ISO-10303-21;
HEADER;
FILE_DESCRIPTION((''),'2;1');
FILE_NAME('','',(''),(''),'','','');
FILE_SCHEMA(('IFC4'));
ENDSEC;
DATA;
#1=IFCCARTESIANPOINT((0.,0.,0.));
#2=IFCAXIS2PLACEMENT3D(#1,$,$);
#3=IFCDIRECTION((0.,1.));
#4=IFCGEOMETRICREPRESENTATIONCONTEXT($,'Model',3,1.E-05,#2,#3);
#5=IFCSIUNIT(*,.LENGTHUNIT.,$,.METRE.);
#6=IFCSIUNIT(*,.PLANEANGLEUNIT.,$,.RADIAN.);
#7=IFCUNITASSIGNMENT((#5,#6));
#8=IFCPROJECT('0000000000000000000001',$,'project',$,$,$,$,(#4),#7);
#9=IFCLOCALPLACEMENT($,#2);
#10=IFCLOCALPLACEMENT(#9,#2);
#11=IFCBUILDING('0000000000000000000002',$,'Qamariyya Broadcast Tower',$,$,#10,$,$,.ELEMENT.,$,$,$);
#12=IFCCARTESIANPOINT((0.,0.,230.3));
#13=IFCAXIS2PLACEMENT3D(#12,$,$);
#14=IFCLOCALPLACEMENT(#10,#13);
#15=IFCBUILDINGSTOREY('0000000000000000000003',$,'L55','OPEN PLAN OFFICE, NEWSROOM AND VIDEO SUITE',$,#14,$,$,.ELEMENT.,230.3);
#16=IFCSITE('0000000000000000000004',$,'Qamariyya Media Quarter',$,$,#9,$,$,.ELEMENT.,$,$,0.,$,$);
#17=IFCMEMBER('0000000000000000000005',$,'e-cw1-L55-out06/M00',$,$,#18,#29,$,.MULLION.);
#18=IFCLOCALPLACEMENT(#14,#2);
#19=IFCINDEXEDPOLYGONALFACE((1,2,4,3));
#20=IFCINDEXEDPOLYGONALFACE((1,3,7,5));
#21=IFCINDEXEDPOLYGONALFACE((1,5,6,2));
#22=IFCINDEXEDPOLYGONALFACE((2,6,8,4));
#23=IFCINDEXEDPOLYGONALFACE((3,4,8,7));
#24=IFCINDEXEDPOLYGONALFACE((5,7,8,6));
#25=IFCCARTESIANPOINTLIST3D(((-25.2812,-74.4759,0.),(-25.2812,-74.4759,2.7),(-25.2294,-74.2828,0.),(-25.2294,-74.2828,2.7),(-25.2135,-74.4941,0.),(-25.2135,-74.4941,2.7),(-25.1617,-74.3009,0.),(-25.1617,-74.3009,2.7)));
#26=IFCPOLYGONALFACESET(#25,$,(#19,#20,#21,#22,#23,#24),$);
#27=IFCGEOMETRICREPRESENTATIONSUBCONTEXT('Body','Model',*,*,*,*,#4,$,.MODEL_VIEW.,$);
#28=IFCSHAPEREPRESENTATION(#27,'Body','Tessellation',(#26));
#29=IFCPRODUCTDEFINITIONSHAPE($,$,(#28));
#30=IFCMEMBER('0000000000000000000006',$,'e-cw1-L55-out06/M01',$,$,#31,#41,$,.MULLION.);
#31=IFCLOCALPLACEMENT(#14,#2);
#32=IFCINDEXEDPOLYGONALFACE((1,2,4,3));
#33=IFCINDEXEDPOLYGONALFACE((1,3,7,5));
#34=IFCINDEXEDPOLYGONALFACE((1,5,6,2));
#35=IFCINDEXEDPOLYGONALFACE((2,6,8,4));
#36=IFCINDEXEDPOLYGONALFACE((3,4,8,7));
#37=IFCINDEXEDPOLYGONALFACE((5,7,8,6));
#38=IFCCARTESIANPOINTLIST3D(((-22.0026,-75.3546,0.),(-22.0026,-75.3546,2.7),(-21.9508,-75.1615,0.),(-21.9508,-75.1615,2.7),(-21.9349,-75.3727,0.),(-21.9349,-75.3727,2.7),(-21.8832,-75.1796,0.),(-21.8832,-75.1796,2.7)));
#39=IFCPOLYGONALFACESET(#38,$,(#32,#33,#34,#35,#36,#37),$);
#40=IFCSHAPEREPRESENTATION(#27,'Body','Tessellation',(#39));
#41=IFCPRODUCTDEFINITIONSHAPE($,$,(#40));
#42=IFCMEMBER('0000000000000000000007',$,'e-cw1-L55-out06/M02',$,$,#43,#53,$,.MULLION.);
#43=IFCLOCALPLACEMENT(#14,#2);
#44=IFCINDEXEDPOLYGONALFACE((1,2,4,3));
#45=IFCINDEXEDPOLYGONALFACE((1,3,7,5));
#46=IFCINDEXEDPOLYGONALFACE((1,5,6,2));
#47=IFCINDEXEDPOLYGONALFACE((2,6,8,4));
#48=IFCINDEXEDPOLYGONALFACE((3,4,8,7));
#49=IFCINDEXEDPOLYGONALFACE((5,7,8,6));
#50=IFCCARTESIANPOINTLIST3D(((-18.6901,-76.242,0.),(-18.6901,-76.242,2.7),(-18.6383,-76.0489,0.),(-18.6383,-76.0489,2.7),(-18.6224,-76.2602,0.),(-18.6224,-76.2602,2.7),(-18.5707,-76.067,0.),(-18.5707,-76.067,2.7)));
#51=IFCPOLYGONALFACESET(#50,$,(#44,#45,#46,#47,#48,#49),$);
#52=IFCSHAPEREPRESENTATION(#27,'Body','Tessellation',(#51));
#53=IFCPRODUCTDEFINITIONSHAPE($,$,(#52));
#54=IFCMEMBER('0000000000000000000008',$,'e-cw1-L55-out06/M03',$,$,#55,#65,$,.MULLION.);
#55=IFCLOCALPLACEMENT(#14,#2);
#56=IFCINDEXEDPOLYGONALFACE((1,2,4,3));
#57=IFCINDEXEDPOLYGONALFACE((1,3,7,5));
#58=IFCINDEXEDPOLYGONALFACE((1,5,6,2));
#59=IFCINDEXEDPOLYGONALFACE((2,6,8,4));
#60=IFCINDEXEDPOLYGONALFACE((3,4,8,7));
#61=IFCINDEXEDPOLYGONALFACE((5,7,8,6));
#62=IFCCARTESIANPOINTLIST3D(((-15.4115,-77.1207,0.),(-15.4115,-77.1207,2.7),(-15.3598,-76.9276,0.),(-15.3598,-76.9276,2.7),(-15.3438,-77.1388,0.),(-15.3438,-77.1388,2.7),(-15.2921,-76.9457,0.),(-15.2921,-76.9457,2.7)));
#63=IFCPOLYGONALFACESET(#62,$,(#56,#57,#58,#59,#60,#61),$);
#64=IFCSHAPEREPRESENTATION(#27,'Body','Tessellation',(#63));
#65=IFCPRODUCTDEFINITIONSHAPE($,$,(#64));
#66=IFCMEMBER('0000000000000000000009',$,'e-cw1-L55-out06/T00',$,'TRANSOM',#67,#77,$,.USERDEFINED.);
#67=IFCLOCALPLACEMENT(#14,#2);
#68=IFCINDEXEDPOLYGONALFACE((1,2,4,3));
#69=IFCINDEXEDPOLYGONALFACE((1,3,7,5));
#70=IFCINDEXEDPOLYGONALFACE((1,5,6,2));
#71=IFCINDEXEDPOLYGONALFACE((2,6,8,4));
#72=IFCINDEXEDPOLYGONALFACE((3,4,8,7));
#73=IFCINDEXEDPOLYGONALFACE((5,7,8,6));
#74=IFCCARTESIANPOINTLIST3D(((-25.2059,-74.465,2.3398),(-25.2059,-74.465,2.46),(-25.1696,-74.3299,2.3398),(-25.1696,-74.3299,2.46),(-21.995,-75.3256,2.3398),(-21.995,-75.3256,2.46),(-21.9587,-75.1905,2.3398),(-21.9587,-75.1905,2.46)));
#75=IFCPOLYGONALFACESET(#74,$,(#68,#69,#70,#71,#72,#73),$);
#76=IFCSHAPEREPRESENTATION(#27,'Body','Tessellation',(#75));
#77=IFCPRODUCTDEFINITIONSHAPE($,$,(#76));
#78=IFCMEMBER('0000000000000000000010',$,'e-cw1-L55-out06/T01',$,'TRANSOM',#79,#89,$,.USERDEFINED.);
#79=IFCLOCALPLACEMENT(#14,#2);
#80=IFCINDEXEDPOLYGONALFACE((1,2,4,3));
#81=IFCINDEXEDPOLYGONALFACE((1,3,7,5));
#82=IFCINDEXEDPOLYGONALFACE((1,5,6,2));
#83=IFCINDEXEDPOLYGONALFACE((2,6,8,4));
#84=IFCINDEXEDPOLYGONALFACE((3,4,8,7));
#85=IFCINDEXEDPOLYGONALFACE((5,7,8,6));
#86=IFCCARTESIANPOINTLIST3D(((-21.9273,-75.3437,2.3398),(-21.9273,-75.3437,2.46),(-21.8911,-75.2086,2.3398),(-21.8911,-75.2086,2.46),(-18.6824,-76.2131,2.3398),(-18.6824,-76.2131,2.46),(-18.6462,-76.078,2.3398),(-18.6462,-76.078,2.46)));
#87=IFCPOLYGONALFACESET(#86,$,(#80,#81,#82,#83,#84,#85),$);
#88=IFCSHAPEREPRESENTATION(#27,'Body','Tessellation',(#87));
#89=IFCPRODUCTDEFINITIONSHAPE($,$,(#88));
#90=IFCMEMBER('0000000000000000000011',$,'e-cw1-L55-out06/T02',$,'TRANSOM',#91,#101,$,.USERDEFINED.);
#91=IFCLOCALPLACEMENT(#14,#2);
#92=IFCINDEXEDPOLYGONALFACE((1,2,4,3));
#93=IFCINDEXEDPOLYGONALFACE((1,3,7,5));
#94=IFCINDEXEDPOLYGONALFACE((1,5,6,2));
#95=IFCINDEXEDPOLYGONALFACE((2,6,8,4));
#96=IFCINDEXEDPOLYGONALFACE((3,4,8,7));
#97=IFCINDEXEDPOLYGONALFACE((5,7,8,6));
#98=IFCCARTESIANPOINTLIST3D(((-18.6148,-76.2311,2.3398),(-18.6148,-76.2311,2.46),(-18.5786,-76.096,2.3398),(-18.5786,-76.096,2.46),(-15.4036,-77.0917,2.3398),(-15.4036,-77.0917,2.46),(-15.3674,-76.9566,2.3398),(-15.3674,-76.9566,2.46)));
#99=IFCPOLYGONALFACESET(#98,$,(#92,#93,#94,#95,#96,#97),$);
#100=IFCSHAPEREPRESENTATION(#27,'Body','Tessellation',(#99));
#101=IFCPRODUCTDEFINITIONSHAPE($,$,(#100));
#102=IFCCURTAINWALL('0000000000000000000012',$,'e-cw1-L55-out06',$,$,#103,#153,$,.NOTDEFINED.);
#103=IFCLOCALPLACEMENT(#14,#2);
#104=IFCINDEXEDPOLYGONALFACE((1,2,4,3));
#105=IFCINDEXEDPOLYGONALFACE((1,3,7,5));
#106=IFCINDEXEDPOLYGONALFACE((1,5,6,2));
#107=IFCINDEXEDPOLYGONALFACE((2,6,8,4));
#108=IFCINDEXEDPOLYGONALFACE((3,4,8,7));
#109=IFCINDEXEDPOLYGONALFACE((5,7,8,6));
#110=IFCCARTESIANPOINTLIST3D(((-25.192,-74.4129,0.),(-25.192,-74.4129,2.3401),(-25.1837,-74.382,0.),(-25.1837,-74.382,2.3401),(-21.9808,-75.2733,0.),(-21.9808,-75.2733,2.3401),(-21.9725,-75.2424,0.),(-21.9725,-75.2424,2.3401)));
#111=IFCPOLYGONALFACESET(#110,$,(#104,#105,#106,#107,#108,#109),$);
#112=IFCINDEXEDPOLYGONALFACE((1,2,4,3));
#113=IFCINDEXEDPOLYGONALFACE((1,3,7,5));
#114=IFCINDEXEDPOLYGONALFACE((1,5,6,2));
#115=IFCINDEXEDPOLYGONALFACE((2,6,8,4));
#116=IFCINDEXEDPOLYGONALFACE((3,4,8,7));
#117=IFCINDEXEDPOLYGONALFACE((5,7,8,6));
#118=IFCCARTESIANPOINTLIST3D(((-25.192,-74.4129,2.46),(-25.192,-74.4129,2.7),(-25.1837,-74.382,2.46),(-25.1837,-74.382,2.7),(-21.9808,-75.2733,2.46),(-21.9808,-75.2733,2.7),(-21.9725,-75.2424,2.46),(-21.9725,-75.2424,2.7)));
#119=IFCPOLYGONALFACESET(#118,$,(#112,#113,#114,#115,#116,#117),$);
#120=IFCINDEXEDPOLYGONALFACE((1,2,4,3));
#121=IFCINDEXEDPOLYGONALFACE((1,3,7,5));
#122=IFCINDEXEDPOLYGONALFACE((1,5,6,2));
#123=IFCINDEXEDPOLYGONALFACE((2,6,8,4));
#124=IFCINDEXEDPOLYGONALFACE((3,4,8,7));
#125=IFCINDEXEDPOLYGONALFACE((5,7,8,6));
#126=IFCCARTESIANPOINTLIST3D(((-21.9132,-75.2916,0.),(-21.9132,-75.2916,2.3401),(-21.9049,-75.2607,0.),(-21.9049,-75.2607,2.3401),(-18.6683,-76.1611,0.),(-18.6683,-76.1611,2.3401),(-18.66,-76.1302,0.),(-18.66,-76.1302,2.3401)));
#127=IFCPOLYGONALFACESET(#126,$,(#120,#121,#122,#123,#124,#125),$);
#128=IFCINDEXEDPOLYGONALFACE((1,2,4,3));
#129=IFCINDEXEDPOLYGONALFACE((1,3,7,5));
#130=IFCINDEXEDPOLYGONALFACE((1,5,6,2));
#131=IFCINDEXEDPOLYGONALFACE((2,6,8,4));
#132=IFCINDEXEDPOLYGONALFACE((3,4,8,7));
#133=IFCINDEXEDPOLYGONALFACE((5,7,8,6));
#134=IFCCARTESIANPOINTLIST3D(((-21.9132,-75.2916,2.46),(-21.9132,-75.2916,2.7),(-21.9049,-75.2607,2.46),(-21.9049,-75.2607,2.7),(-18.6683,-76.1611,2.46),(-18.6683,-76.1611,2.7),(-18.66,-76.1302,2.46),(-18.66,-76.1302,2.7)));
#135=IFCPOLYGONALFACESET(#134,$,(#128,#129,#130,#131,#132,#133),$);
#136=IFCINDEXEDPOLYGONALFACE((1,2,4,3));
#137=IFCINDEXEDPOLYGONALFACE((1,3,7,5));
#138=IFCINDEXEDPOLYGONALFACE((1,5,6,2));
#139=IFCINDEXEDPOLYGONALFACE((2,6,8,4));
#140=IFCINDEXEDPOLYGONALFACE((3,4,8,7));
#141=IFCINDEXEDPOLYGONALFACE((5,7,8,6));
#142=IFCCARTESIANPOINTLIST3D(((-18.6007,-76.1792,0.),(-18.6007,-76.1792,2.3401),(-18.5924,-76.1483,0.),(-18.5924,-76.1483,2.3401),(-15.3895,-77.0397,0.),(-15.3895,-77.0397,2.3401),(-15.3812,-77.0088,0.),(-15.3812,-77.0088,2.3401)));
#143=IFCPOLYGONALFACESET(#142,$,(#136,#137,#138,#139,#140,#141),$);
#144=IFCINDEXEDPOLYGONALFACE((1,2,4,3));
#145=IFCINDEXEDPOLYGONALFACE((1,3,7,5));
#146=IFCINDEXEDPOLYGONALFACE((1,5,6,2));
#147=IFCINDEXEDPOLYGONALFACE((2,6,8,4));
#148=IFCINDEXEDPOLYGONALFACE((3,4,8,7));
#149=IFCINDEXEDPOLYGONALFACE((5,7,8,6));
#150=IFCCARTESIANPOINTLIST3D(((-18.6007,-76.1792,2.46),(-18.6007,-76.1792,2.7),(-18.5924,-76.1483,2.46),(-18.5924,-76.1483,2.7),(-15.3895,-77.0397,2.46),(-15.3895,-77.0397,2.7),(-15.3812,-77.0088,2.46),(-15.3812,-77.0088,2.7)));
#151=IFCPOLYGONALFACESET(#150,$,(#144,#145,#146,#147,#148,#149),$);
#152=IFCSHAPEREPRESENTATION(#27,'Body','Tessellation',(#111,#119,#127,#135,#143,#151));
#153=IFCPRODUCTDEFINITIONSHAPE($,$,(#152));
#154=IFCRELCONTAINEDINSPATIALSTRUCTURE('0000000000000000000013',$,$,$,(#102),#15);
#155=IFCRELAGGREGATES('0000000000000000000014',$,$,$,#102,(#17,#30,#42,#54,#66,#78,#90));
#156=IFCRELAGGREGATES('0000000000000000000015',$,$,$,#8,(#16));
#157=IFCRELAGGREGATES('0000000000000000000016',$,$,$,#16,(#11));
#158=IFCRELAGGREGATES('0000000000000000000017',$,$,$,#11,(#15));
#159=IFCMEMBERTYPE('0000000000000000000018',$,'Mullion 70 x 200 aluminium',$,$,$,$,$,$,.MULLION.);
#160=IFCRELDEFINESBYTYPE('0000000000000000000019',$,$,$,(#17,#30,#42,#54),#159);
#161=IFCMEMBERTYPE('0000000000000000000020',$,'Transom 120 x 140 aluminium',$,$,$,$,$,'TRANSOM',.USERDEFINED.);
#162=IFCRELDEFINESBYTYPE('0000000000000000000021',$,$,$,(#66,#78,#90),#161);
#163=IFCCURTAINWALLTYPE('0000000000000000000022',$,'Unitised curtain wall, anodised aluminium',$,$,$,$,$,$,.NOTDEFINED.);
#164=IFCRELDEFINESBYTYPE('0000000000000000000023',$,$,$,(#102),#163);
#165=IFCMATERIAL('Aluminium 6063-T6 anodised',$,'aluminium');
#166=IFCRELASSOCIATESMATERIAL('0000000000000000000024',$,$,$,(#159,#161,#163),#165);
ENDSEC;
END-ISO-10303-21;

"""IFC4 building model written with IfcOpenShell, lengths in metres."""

from ifc_helpers import new_model, si_unit, direction, frame, origin, origin_2d, place, context, subcontext, project, spatial, rectangle, extrude, material, material_profile, profile_set, type_object, element, aggregate, save


model = new_model("IFC4")

# Units and contexts
model_context = context("Model", 3, precision=1e-05, world=origin(), true_north=direction((0.0, 1.0)))
body_context = subcontext(model_context, "Body", "Model", "MODEL_VIEW")
ifc_project = project(units=[si_unit("LENGTHUNIT", "METRE"), si_unit("PLANEANGLEUNIT", "RADIAN")], contexts=[model_context])

# Members
ifc_material = material(Name="Aluminium 6063-T6 anodised", Category="aluminium")
ifc_material_profile_1 = material_profile(ifc_material, rectangle(XDim=0.2, YDim=0.0701, at=origin_2d()))
ifc_profile_set_1 = profile_set([ifc_material_profile_1], Name="Aluminium 6063-T6 anodised")
member_type_1 = type_object("IfcMemberType", Name="Mullion 70 x 200 aluminium", PredefinedType="MULLION", material=ifc_profile_set_1)
site_placement = place(None, origin())
building_placement = place(site_placement, origin())
storey_placement = place(building_placement, frame((0.0, 0.0, 230.3)))
member_1_placement = place(storey_placement, frame((-25.2214, -74.3884, 0.0), z_axis=(0.0, 0.0, 1.0), x_axis=(0.258819, 0.965926, 0.0)))
member_1 = element("IfcMember", 1, at=member_1_placement, type_object=member_type_1, Name="e-cw1-L55-out06/M00", PredefinedType="MULLION", context=body_context, shape_type="SweptSolid", body=[
    extrude(rectangle(XDim=0.2, YDim=0.0701, at=origin_2d()), origin(), (0.0, 0.0, 1.0), 2.7),
])
member_2_placement = place(storey_placement, frame((-21.9429, -75.2671, 0.0), z_axis=(0.0, 0.0, 1.0), x_axis=(0.258819, 0.965926, 0.0)))
member_2 = element("IfcMember", 2, at=member_2_placement, type_object=member_type_1, Name="e-cw1-L55-out06/M01", PredefinedType="MULLION", context=body_context, shape_type="SweptSolid", body=[
    extrude(rectangle(XDim=0.2, YDim=0.0701, at=origin_2d()), origin(), (0.0, 0.0, 1.0), 2.7),
])
member_3_placement = place(storey_placement, frame((-18.6304, -76.1545, 0.0), z_axis=(0.0, 0.0, 1.0), x_axis=(0.258819, 0.965926, 0.0)))
member_3 = element("IfcMember", 3, at=member_3_placement, type_object=member_type_1, Name="e-cw1-L55-out06/M02", PredefinedType="MULLION", context=body_context, shape_type="SweptSolid", body=[
    extrude(rectangle(XDim=0.2, YDim=0.0701, at=origin_2d()), origin(), (0.0, 0.0, 1.0), 2.7),
])
member_4_placement = place(storey_placement, frame((-15.3518, -77.0332, 0.0), z_axis=(0.0, 0.0, 1.0), x_axis=(0.258819, 0.965926, 0.0)))
member_4 = element("IfcMember", 4, at=member_4_placement, type_object=member_type_1, Name="e-cw1-L55-out06/M03", PredefinedType="MULLION", context=body_context, shape_type="SweptSolid", body=[
    extrude(rectangle(XDim=0.2, YDim=0.0701, at=origin_2d()), origin(), (0.0, 0.0, 1.0), 2.7),
])
ifc_material_profile_2 = material_profile(ifc_material, rectangle(XDim=0.1399, YDim=0.1201, at=origin_2d()))
ifc_profile_set_2 = profile_set([ifc_material_profile_2], Name="Aluminium 6063-T6 anodised")
member_type_2 = type_object("IfcMemberType", Name="Transom 120 x 140 aluminium", ElementType="TRANSOM", PredefinedType="USERDEFINED", material=ifc_profile_set_2)
member_5_placement = place(storey_placement, frame((-25.1877, -74.3975, 2.3999), z_axis=(0.965909, -0.258883, 0.0), x_axis=(0.258883, 0.965909, 0.0)))
member_5 = element("IfcMember", 5, at=member_5_placement, type_object=member_type_2, Name="e-cw1-L55-out06/T00", ObjectType="TRANSOM", PredefinedType="USERDEFINED", context=body_context, shape_type="SweptSolid", body=[
    extrude(rectangle(XDim=0.1399, YDim=0.1201, at=origin_2d()), origin(), (0.0, 0.0, 1.0), 3.3242),
])
member_6_placement = place(storey_placement, frame((-21.9092, -75.2761, 2.3999), z_axis=(0.965932, -0.258798, 0.0), x_axis=(0.258798, 0.965932, 0.0)))
member_6 = element("IfcMember", 6, at=member_6_placement, type_object=member_type_2, Name="e-cw1-L55-out06/T01", ObjectType="TRANSOM", PredefinedType="USERDEFINED", context=body_context, shape_type="SweptSolid", body=[
    extrude(rectangle(XDim=0.1399, YDim=0.1201, at=origin_2d()), origin(), (0.0, 0.0, 1.0), 3.3594),
])
member_7_placement = place(storey_placement, frame((-18.5967, -76.1636, 2.3999), z_axis=(0.965914, -0.258865, 0.0), x_axis=(0.258865, 0.965914, 0.0)))
member_7 = element("IfcMember", 7, at=member_7_placement, type_object=member_type_2, Name="e-cw1-L55-out06/T02", ObjectType="TRANSOM", PredefinedType="USERDEFINED", context=body_context, shape_type="SweptSolid", body=[
    extrude(rectangle(XDim=0.1399, YDim=0.1201, at=origin_2d()), origin(), (0.0, 0.0, 1.0), 3.3245),
])

# Site, building, storey
site = spatial("IfcSite", under=ifc_project, at=site_placement, Name="Qamariyya Media Quarter", CompositionType="ELEMENT", RefElevation=0.0)
building = spatial("IfcBuilding", under=site, at=building_placement, Name="Qamariyya Broadcast Tower", CompositionType="ELEMENT")
storey = spatial("IfcBuildingStorey", under=building, at=storey_placement, Name="L55", Description="OPEN PLAN OFFICE, NEWSROOM AND VIDEO SUITE", CompositionType="ELEMENT", Elevation=230.3)

# Curtain wall
curtain_wall_type = type_object("IfcCurtainWallType", Name="Unitised curtain wall, anodised aluminium", PredefinedType="NOTDEFINED", material=ifc_material)
curtain_wall_1_placement = place(storey_placement, origin())
curtain_wall_1 = element("IfcCurtainWall", 8, at=curtain_wall_1_placement, inside=storey, type_object=curtain_wall_type, Name="e-cw1-L55-out06", PredefinedType="NOTDEFINED", context=body_context, shape_type="SweptSolid", body=[
    extrude(rectangle(XDim=3.3245, YDim=0.032, at=origin_2d()), frame((-23.5823, -74.8276, 0.0), x_axis=(0.965923, -0.258828, 0.0)), (0.0, 0.0, 1.0), 2.3401),
    extrude(rectangle(XDim=3.3245, YDim=0.032, at=origin_2d()), frame((-23.5823, -74.8276, 2.46), x_axis=(0.965923, -0.258828, 0.0)), (0.0, 0.0, 1.0), 0.24),
    extrude(rectangle(XDim=3.3594, YDim=0.032, at=origin_2d()), frame((-20.2866, -75.7109, 0.0), x_axis=(0.965923, -0.258828, 0.0)), (0.0, 0.0, 1.0), 2.3401),
    extrude(rectangle(XDim=3.3594, YDim=0.032, at=origin_2d()), frame((-20.2866, -75.7109, 2.46), x_axis=(0.965923, -0.258828, 0.0)), (0.0, 0.0, 1.0), 0.24),
    extrude(rectangle(XDim=3.3245, YDim=0.032, at=origin_2d()), frame((-16.991, -76.594, 0.0), x_axis=(0.965923, -0.258828, 0.0)), (0.0, 0.0, 1.0), 2.3401),
    extrude(rectangle(XDim=3.3245, YDim=0.032, at=origin_2d()), frame((-16.991, -76.594, 2.46), x_axis=(0.965923, -0.258828, 0.0)), (0.0, 0.0, 1.0), 0.24),
])
aggregate(curtain_wall_1, [member_1, member_2, member_3, member_4, member_5, member_6, member_7])

save(model, "model.ifc")
